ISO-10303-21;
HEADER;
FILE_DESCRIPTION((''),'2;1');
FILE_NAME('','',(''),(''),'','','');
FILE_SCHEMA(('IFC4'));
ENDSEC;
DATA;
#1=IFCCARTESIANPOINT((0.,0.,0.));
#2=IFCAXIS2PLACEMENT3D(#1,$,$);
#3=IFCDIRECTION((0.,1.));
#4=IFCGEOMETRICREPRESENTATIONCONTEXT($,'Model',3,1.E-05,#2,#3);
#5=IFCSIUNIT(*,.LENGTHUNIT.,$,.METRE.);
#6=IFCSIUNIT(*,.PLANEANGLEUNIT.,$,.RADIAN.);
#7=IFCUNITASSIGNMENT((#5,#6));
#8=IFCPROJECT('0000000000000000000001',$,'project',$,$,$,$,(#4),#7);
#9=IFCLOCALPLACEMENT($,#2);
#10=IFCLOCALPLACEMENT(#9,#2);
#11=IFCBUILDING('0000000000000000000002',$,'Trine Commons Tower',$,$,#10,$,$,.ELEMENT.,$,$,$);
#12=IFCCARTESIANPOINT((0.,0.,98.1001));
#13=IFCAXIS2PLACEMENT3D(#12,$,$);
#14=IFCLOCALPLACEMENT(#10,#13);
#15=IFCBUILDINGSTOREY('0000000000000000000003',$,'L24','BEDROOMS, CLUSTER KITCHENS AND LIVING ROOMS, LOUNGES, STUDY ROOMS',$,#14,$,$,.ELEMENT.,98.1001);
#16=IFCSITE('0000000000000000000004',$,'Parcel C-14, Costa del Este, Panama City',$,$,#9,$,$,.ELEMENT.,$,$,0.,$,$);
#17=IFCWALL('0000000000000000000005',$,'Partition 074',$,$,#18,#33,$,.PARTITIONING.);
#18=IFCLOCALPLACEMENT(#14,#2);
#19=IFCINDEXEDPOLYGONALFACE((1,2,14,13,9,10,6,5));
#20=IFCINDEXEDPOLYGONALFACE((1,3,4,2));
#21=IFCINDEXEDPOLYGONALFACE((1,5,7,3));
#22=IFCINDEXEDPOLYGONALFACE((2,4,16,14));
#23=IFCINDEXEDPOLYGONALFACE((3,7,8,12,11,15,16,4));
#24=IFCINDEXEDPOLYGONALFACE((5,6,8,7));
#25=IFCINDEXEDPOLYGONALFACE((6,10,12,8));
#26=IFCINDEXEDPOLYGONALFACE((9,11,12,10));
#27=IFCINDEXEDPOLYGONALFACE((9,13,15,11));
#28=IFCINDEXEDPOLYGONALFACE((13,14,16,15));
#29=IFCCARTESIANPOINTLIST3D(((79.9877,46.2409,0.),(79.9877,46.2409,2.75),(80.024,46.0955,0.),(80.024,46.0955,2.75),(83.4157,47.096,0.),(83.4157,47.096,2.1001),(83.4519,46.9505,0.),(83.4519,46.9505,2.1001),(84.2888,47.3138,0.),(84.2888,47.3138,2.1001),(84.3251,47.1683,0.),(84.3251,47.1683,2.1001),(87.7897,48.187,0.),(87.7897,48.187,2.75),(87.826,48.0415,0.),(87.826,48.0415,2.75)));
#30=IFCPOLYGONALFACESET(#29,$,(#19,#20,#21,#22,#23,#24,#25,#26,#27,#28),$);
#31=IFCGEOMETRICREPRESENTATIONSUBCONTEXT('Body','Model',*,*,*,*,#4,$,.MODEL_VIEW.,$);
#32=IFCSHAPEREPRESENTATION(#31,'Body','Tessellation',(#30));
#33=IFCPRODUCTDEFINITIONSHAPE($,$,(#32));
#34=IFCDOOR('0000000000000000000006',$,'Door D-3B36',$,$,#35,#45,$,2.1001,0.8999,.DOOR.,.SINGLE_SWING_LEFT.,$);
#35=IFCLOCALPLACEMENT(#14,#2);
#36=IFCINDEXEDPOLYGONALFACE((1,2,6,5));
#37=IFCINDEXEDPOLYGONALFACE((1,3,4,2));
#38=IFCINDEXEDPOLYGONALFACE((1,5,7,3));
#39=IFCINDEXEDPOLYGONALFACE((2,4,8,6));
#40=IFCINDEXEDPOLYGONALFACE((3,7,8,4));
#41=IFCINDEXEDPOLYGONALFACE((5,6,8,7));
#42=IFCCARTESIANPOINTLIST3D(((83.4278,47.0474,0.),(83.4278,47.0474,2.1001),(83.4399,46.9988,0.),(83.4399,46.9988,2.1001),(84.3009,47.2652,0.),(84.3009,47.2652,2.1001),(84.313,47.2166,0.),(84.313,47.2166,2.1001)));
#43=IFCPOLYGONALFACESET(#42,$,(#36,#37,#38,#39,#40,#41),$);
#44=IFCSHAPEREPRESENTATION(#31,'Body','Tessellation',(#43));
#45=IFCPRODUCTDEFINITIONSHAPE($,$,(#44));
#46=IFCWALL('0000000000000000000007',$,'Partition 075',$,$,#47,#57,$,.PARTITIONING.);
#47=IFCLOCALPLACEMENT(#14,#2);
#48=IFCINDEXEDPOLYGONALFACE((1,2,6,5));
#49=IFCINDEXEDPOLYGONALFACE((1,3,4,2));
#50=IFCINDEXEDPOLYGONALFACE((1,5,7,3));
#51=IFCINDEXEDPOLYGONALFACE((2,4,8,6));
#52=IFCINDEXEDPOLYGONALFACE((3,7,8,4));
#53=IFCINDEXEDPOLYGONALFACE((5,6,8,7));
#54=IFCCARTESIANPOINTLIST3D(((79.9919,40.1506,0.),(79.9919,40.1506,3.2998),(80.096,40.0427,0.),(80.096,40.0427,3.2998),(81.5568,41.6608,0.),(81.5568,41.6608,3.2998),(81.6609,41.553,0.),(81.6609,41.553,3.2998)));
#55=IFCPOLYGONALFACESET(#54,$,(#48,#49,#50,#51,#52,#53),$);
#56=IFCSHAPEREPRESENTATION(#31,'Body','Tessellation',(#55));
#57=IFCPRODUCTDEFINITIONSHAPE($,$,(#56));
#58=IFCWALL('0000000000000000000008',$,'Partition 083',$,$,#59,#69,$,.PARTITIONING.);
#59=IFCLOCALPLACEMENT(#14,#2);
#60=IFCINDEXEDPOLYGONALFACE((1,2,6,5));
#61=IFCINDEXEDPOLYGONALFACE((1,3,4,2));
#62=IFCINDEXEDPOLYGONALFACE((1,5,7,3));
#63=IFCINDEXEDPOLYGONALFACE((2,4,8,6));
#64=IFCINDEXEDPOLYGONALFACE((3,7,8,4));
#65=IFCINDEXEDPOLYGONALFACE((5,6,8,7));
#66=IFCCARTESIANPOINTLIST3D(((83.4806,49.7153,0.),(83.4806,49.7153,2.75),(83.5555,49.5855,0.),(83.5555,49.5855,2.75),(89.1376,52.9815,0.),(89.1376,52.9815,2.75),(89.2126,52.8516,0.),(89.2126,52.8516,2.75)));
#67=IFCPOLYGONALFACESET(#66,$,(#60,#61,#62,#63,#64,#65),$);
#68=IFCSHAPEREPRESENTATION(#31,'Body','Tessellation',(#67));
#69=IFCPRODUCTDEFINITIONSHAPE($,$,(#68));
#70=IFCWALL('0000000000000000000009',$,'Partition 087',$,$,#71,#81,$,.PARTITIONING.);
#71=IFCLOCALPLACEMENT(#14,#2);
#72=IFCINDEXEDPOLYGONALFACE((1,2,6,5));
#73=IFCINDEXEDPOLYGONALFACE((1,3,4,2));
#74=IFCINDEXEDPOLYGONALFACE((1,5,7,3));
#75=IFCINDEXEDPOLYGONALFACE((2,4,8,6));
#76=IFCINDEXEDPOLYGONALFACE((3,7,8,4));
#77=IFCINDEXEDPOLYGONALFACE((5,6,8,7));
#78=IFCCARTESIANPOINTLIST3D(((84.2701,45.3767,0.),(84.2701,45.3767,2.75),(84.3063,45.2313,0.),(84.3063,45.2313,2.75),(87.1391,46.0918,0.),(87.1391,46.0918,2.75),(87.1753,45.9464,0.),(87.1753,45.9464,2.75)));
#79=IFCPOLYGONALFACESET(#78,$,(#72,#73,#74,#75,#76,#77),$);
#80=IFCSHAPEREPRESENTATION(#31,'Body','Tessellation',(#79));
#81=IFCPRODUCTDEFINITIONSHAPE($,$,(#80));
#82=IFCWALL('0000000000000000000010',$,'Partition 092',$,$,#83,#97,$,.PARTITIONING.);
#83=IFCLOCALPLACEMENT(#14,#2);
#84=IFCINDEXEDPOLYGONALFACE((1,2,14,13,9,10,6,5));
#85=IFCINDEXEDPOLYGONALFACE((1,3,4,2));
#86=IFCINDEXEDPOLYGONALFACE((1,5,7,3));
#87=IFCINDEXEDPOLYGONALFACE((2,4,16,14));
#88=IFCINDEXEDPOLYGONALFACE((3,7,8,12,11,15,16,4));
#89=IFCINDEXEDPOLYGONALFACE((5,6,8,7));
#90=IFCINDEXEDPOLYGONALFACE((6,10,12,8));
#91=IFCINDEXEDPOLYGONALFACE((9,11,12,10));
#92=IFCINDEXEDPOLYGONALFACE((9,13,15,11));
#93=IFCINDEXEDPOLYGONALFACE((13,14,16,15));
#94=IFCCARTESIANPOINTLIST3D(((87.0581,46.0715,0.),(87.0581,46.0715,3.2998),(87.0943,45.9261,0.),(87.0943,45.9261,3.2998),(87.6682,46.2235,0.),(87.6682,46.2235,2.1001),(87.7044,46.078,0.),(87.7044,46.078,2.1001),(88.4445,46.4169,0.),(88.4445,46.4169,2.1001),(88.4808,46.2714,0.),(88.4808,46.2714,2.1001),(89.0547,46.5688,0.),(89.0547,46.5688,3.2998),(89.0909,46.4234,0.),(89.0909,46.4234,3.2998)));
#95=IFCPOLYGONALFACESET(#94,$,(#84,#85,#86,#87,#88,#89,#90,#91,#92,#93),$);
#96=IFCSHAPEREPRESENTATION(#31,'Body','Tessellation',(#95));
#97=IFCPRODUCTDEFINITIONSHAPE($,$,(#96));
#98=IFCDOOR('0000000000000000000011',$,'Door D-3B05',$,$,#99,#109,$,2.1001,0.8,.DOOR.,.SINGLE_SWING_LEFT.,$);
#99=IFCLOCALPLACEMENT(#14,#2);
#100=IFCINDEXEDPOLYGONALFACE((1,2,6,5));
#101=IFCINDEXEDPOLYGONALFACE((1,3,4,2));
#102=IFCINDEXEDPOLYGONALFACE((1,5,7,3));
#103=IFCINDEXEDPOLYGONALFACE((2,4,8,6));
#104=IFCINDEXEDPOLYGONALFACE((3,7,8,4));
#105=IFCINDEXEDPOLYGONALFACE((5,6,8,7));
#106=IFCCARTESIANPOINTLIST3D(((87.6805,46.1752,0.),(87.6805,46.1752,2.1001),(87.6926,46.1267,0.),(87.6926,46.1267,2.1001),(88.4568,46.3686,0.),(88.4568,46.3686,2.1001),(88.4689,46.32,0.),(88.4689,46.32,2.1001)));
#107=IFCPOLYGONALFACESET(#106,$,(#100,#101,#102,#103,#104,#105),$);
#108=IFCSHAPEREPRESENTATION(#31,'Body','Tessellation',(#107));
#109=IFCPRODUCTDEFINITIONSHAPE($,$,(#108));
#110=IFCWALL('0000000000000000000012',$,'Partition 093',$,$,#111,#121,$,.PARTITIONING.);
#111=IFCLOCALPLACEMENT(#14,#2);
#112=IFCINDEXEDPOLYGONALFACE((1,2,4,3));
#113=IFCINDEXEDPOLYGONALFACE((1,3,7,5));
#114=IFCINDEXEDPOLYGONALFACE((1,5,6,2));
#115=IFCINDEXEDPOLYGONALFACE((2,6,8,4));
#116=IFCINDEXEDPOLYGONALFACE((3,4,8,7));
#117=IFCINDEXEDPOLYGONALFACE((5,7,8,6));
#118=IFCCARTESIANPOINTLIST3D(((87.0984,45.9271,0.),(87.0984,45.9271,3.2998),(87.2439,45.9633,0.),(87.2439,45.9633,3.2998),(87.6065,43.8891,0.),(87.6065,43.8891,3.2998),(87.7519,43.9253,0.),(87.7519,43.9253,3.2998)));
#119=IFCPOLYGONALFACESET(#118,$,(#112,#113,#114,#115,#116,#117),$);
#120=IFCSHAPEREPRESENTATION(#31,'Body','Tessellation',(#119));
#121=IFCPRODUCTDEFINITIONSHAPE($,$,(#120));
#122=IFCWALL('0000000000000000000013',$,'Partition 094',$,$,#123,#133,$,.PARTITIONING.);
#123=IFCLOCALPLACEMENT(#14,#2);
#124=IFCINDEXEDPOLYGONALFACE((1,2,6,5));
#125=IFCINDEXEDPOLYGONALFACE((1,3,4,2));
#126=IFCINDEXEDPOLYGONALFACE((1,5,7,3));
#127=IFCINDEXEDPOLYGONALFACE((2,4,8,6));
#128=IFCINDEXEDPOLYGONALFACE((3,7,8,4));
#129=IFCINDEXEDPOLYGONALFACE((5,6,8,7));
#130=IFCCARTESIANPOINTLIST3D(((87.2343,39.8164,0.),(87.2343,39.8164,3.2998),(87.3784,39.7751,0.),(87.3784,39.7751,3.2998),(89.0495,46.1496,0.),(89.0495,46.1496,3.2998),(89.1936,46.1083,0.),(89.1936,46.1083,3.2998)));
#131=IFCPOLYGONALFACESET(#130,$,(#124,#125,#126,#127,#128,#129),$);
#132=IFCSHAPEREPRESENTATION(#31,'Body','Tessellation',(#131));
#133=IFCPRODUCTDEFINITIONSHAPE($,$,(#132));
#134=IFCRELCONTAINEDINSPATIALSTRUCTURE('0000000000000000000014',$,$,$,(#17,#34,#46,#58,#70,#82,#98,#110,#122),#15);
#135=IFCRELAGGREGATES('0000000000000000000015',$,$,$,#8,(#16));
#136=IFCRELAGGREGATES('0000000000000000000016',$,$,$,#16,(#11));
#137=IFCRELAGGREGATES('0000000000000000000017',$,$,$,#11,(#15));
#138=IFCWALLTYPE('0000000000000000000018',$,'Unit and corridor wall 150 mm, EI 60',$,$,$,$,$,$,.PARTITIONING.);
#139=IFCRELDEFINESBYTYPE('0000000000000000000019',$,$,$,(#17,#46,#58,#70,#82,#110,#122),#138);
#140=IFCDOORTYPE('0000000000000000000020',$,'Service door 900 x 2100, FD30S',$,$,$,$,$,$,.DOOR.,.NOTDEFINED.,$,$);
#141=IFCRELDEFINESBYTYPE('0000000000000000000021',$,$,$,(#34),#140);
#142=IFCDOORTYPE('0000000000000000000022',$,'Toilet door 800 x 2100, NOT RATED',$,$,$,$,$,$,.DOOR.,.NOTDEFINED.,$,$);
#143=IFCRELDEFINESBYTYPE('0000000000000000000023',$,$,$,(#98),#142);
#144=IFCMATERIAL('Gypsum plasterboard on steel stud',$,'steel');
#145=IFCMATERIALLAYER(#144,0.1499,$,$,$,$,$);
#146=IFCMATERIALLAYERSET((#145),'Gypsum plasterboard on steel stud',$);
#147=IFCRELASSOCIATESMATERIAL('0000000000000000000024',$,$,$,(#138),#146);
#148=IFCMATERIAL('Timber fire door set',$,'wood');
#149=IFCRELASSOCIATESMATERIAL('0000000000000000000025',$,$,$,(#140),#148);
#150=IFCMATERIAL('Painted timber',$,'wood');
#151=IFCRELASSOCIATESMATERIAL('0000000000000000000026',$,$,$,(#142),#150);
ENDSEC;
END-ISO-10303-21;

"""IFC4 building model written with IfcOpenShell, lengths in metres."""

from ifc_helpers import new_model, si_unit, direction, frame, frame_2d, origin, place, context, subcontext, project, spatial, rectangle, extrude, material, layer, layer_set, type_object, element, fill, save


model = new_model("IFC4")

# Units and contexts
model_context = context("Model", 3, precision=1e-05, world=origin(), true_north=direction((0.0, 1.0)))
body_context = subcontext(model_context, "Body", "Model", "MODEL_VIEW")
ifc_project = project(units=[si_unit("LENGTHUNIT", "METRE"), si_unit("PLANEANGLEUNIT", "RADIAN")], contexts=[model_context])

# Site, building, storey
site_placement = place(None, origin())
site = spatial("IfcSite", under=ifc_project, at=site_placement, Name="Parcel C-14, Costa del Este, Panama City", CompositionType="ELEMENT", RefElevation=0.0)
building_placement = place(site_placement, origin())
building = spatial("IfcBuilding", under=site, at=building_placement, Name="Trine Commons Tower", CompositionType="ELEMENT")
storey_placement = place(building_placement, frame((0.0, 0.0, 98.1001)))
storey = spatial("IfcBuildingStorey", under=building, at=storey_placement, Name="L24", Description="BEDROOMS, CLUSTER KITCHENS AND LIVING ROOMS, LOUNGES, STUDY ROOMS", CompositionType="ELEMENT", Elevation=98.1001)

# Wall, opening, door
ifc_material_1 = material(Name="Gypsum plasterboard on steel stud", Category="steel")
ifc_layer = layer(ifc_material_1, 0.1499)
ifc_layer_set = layer_set([ifc_layer], Name="Gypsum plasterboard on steel stud")
wall_type = type_object("IfcWallType", Name="Unit and corridor wall 150 mm, EI 60", PredefinedType="PARTITIONING", material=ifc_layer_set)
ifc_material_2 = material(Name="Timber fire door set", Category="wood")
wall_1_placement = place(storey_placement, frame((80.0059, 46.1682, 0.0), z_axis=(0.0, 0.0, 1.0), x_axis=(0.970273, 0.242014, 0.0)))
wall_1 = element("IfcWall", 1, at=wall_1_placement, inside=storey, type_object=wall_type, Name="Partition 074", PredefinedType="PARTITIONING", context=body_context, shape_type="SweptSolid", body=[
    extrude(rectangle(XDim=8.041, YDim=0.1499, at=frame_2d((4.0205, 0.0))), origin(), (0.0, 0.0, 1.0), 2.75),
])
opening_1_placement = place(wall_1_placement, frame((3.533, 0.0, 0.0)))
opening_1 = element("IfcOpeningElement", 2, at=opening_1_placement, cuts=wall_1, PredefinedType="OPENING", context=body_context, shape_type="SweptSolid", body=[
    extrude(rectangle(XDim=0.8999, YDim=2.1001, at=frame_2d((0.45, 1.05))), frame((0.0, 0.085, 0.0), z_axis=(0.0, -1.0, 0.0), x_axis=(1.0, 0.0, 0.0)), (0.0, 0.0, 1.0), 0.1699),
])
door_type_1 = type_object("IfcDoorType", Name="Service door 900 x 2100, FD30S", OperationType="NOTDEFINED", PredefinedType="DOOR", material=ifc_material_2)
door_1_placement = place(opening_1_placement, origin())
door_1 = element("IfcDoor", 3, at=door_1_placement, inside=storey, type_object=door_type_1, Name="Door D-3B36", OperationType="SINGLE_SWING_LEFT", OverallHeight=2.1001, OverallWidth=0.8999, PredefinedType="DOOR", context=body_context, shape_type="SweptSolid", body=[
    extrude(rectangle(XDim=0.8999, YDim=2.1001, at=frame_2d((0.45, 1.05))), frame((0.0, 0.0249, 0.0), z_axis=(0.0, -1.0, 0.0), x_axis=(1.0, 0.0, 0.0)), (0.0, 0.0, 1.0), 0.05),
])
fill(opening_1, door_1)

# Walls
wall_2_placement = place(storey_placement, frame((80.0439, 40.0967, 0.0), z_axis=(0.0, 0.0, 1.0), x_axis=(0.719568, 0.694422, 0.0)))
element("IfcWall", 4, at=wall_2_placement, inside=storey, type_object=wall_type, Name="Partition 075", PredefinedType="PARTITIONING", context=body_context, shape_type="SweptSolid", body=[
    extrude(rectangle(XDim=2.1748, YDim=0.1499, at=frame_2d((1.0874, 0.0))), origin(), (0.0, 0.0, 1.0), 3.2998),
])
wall_3_placement = place(storey_placement, frame((83.5181, 49.6504, 0.0), z_axis=(0.0, 0.0, 1.0), x_axis=(0.866022, 0.500006, 0.0)))
element("IfcWall", 5, at=wall_3_placement, inside=storey, type_object=wall_type, Name="Partition 083", PredefinedType="PARTITIONING", context=body_context, shape_type="SweptSolid", body=[
    extrude(rectangle(XDim=6.5322, YDim=0.1499, at=frame_2d((3.2661, 0.0))), origin(), (0.0, 0.0, 1.0), 2.75),
])
wall_4_placement = place(storey_placement, frame((84.2881, 45.304, 0.0), z_axis=(0.0, 0.0, 1.0), x_axis=(0.970312, 0.241856, 0.0)))
element("IfcWall", 6, at=wall_4_placement, inside=storey, type_object=wall_type, Name="Partition 087", PredefinedType="PARTITIONING", context=body_context, shape_type="SweptSolid", body=[
    extrude(rectangle(XDim=2.9568, YDim=0.1499, at=frame_2d((1.4785, 0.0))), origin(), (0.0, 0.0, 1.0), 2.75),
])

# Wall, opening, door
wall_5_placement = place(storey_placement, frame((87.0762, 45.9988, 0.0), z_axis=(0.0, 0.0, 1.0), x_axis=(0.970352, 0.241698, 0.0)))
wall_5 = element("IfcWall", 7, at=wall_5_placement, inside=storey, type_object=wall_type, Name="Partition 092", PredefinedType="PARTITIONING", context=body_context, shape_type="SweptSolid", body=[
    extrude(rectangle(XDim=2.0576, YDim=0.1499, at=frame_2d((1.0288, 0.0))), origin(), (0.0, 0.0, 1.0), 3.2998),
])
opening_2_placement = place(wall_5_placement, frame((0.6289, 0.0, 0.0)))
opening_2 = element("IfcOpeningElement", 8, at=opening_2_placement, cuts=wall_5, PredefinedType="OPENING", context=body_context, shape_type="SweptSolid", body=[
    extrude(rectangle(XDim=0.8, YDim=2.1001, at=frame_2d((0.3999, 1.05))), frame((0.0, 0.085, 0.0), z_axis=(0.0, -1.0, 0.0), x_axis=(1.0, 0.0, 0.0)), (0.0, 0.0, 1.0), 0.1699),
])
ifc_material_3 = material(Name="Painted timber", Category="wood")
door_type_2 = type_object("IfcDoorType", Name="Toilet door 800 x 2100, NOT RATED", OperationType="NOTDEFINED", PredefinedType="DOOR", material=ifc_material_3)
door_2_placement = place(opening_2_placement, frame((0.8, 0.0, 0.0), z_axis=(0.0, 0.0, 1.0), x_axis=(-1.0, 0.0, 0.0)))
door_2 = element("IfcDoor", 9, at=door_2_placement, inside=storey, type_object=door_type_2, Name="Door D-3B05", OperationType="SINGLE_SWING_LEFT", OverallHeight=2.1001, OverallWidth=0.8, PredefinedType="DOOR", context=body_context, shape_type="SweptSolid", body=[
    extrude(rectangle(XDim=0.8, YDim=2.1001, at=frame_2d((0.3999, 1.05))), frame((0.0, 0.0249, 0.0), z_axis=(0.0, -1.0, 0.0), x_axis=(1.0, 0.0, 0.0)), (0.0, 0.0, 1.0), 0.05),
])
fill(opening_2, door_2)

# Walls
wall_6_placement = place(storey_placement, frame((87.1711, 45.9453, 0.0), z_axis=(0.0, 0.0, 1.0), x_axis=(0.241879, -0.970306, 0.0)))
element("IfcWall", 10, at=wall_6_placement, inside=storey, type_object=wall_type, Name="Partition 093", PredefinedType="PARTITIONING", context=body_context, shape_type="SweptSolid", body=[
    extrude(rectangle(XDim=2.1003, YDim=0.1499, at=frame_2d((1.0503, 0.0))), origin(), (0.0, 0.0, 1.0), 3.2998),
])
wall_7_placement = place(storey_placement, frame((87.3064, 39.7959, 0.0), z_axis=(0.0, 0.0, 1.0), x_axis=(0.275519, 0.961296, 0.0)))
element("IfcWall", 11, at=wall_7_placement, inside=storey, type_object=wall_type, Name="Partition 094", PredefinedType="PARTITIONING", context=body_context, shape_type="SweptSolid", body=[
    extrude(rectangle(XDim=6.5881, YDim=0.1499, at=frame_2d((3.2939, 0.0))), origin(), (0.0, 0.0, 1.0), 3.2998),
])

save(model, "model.ifc")
